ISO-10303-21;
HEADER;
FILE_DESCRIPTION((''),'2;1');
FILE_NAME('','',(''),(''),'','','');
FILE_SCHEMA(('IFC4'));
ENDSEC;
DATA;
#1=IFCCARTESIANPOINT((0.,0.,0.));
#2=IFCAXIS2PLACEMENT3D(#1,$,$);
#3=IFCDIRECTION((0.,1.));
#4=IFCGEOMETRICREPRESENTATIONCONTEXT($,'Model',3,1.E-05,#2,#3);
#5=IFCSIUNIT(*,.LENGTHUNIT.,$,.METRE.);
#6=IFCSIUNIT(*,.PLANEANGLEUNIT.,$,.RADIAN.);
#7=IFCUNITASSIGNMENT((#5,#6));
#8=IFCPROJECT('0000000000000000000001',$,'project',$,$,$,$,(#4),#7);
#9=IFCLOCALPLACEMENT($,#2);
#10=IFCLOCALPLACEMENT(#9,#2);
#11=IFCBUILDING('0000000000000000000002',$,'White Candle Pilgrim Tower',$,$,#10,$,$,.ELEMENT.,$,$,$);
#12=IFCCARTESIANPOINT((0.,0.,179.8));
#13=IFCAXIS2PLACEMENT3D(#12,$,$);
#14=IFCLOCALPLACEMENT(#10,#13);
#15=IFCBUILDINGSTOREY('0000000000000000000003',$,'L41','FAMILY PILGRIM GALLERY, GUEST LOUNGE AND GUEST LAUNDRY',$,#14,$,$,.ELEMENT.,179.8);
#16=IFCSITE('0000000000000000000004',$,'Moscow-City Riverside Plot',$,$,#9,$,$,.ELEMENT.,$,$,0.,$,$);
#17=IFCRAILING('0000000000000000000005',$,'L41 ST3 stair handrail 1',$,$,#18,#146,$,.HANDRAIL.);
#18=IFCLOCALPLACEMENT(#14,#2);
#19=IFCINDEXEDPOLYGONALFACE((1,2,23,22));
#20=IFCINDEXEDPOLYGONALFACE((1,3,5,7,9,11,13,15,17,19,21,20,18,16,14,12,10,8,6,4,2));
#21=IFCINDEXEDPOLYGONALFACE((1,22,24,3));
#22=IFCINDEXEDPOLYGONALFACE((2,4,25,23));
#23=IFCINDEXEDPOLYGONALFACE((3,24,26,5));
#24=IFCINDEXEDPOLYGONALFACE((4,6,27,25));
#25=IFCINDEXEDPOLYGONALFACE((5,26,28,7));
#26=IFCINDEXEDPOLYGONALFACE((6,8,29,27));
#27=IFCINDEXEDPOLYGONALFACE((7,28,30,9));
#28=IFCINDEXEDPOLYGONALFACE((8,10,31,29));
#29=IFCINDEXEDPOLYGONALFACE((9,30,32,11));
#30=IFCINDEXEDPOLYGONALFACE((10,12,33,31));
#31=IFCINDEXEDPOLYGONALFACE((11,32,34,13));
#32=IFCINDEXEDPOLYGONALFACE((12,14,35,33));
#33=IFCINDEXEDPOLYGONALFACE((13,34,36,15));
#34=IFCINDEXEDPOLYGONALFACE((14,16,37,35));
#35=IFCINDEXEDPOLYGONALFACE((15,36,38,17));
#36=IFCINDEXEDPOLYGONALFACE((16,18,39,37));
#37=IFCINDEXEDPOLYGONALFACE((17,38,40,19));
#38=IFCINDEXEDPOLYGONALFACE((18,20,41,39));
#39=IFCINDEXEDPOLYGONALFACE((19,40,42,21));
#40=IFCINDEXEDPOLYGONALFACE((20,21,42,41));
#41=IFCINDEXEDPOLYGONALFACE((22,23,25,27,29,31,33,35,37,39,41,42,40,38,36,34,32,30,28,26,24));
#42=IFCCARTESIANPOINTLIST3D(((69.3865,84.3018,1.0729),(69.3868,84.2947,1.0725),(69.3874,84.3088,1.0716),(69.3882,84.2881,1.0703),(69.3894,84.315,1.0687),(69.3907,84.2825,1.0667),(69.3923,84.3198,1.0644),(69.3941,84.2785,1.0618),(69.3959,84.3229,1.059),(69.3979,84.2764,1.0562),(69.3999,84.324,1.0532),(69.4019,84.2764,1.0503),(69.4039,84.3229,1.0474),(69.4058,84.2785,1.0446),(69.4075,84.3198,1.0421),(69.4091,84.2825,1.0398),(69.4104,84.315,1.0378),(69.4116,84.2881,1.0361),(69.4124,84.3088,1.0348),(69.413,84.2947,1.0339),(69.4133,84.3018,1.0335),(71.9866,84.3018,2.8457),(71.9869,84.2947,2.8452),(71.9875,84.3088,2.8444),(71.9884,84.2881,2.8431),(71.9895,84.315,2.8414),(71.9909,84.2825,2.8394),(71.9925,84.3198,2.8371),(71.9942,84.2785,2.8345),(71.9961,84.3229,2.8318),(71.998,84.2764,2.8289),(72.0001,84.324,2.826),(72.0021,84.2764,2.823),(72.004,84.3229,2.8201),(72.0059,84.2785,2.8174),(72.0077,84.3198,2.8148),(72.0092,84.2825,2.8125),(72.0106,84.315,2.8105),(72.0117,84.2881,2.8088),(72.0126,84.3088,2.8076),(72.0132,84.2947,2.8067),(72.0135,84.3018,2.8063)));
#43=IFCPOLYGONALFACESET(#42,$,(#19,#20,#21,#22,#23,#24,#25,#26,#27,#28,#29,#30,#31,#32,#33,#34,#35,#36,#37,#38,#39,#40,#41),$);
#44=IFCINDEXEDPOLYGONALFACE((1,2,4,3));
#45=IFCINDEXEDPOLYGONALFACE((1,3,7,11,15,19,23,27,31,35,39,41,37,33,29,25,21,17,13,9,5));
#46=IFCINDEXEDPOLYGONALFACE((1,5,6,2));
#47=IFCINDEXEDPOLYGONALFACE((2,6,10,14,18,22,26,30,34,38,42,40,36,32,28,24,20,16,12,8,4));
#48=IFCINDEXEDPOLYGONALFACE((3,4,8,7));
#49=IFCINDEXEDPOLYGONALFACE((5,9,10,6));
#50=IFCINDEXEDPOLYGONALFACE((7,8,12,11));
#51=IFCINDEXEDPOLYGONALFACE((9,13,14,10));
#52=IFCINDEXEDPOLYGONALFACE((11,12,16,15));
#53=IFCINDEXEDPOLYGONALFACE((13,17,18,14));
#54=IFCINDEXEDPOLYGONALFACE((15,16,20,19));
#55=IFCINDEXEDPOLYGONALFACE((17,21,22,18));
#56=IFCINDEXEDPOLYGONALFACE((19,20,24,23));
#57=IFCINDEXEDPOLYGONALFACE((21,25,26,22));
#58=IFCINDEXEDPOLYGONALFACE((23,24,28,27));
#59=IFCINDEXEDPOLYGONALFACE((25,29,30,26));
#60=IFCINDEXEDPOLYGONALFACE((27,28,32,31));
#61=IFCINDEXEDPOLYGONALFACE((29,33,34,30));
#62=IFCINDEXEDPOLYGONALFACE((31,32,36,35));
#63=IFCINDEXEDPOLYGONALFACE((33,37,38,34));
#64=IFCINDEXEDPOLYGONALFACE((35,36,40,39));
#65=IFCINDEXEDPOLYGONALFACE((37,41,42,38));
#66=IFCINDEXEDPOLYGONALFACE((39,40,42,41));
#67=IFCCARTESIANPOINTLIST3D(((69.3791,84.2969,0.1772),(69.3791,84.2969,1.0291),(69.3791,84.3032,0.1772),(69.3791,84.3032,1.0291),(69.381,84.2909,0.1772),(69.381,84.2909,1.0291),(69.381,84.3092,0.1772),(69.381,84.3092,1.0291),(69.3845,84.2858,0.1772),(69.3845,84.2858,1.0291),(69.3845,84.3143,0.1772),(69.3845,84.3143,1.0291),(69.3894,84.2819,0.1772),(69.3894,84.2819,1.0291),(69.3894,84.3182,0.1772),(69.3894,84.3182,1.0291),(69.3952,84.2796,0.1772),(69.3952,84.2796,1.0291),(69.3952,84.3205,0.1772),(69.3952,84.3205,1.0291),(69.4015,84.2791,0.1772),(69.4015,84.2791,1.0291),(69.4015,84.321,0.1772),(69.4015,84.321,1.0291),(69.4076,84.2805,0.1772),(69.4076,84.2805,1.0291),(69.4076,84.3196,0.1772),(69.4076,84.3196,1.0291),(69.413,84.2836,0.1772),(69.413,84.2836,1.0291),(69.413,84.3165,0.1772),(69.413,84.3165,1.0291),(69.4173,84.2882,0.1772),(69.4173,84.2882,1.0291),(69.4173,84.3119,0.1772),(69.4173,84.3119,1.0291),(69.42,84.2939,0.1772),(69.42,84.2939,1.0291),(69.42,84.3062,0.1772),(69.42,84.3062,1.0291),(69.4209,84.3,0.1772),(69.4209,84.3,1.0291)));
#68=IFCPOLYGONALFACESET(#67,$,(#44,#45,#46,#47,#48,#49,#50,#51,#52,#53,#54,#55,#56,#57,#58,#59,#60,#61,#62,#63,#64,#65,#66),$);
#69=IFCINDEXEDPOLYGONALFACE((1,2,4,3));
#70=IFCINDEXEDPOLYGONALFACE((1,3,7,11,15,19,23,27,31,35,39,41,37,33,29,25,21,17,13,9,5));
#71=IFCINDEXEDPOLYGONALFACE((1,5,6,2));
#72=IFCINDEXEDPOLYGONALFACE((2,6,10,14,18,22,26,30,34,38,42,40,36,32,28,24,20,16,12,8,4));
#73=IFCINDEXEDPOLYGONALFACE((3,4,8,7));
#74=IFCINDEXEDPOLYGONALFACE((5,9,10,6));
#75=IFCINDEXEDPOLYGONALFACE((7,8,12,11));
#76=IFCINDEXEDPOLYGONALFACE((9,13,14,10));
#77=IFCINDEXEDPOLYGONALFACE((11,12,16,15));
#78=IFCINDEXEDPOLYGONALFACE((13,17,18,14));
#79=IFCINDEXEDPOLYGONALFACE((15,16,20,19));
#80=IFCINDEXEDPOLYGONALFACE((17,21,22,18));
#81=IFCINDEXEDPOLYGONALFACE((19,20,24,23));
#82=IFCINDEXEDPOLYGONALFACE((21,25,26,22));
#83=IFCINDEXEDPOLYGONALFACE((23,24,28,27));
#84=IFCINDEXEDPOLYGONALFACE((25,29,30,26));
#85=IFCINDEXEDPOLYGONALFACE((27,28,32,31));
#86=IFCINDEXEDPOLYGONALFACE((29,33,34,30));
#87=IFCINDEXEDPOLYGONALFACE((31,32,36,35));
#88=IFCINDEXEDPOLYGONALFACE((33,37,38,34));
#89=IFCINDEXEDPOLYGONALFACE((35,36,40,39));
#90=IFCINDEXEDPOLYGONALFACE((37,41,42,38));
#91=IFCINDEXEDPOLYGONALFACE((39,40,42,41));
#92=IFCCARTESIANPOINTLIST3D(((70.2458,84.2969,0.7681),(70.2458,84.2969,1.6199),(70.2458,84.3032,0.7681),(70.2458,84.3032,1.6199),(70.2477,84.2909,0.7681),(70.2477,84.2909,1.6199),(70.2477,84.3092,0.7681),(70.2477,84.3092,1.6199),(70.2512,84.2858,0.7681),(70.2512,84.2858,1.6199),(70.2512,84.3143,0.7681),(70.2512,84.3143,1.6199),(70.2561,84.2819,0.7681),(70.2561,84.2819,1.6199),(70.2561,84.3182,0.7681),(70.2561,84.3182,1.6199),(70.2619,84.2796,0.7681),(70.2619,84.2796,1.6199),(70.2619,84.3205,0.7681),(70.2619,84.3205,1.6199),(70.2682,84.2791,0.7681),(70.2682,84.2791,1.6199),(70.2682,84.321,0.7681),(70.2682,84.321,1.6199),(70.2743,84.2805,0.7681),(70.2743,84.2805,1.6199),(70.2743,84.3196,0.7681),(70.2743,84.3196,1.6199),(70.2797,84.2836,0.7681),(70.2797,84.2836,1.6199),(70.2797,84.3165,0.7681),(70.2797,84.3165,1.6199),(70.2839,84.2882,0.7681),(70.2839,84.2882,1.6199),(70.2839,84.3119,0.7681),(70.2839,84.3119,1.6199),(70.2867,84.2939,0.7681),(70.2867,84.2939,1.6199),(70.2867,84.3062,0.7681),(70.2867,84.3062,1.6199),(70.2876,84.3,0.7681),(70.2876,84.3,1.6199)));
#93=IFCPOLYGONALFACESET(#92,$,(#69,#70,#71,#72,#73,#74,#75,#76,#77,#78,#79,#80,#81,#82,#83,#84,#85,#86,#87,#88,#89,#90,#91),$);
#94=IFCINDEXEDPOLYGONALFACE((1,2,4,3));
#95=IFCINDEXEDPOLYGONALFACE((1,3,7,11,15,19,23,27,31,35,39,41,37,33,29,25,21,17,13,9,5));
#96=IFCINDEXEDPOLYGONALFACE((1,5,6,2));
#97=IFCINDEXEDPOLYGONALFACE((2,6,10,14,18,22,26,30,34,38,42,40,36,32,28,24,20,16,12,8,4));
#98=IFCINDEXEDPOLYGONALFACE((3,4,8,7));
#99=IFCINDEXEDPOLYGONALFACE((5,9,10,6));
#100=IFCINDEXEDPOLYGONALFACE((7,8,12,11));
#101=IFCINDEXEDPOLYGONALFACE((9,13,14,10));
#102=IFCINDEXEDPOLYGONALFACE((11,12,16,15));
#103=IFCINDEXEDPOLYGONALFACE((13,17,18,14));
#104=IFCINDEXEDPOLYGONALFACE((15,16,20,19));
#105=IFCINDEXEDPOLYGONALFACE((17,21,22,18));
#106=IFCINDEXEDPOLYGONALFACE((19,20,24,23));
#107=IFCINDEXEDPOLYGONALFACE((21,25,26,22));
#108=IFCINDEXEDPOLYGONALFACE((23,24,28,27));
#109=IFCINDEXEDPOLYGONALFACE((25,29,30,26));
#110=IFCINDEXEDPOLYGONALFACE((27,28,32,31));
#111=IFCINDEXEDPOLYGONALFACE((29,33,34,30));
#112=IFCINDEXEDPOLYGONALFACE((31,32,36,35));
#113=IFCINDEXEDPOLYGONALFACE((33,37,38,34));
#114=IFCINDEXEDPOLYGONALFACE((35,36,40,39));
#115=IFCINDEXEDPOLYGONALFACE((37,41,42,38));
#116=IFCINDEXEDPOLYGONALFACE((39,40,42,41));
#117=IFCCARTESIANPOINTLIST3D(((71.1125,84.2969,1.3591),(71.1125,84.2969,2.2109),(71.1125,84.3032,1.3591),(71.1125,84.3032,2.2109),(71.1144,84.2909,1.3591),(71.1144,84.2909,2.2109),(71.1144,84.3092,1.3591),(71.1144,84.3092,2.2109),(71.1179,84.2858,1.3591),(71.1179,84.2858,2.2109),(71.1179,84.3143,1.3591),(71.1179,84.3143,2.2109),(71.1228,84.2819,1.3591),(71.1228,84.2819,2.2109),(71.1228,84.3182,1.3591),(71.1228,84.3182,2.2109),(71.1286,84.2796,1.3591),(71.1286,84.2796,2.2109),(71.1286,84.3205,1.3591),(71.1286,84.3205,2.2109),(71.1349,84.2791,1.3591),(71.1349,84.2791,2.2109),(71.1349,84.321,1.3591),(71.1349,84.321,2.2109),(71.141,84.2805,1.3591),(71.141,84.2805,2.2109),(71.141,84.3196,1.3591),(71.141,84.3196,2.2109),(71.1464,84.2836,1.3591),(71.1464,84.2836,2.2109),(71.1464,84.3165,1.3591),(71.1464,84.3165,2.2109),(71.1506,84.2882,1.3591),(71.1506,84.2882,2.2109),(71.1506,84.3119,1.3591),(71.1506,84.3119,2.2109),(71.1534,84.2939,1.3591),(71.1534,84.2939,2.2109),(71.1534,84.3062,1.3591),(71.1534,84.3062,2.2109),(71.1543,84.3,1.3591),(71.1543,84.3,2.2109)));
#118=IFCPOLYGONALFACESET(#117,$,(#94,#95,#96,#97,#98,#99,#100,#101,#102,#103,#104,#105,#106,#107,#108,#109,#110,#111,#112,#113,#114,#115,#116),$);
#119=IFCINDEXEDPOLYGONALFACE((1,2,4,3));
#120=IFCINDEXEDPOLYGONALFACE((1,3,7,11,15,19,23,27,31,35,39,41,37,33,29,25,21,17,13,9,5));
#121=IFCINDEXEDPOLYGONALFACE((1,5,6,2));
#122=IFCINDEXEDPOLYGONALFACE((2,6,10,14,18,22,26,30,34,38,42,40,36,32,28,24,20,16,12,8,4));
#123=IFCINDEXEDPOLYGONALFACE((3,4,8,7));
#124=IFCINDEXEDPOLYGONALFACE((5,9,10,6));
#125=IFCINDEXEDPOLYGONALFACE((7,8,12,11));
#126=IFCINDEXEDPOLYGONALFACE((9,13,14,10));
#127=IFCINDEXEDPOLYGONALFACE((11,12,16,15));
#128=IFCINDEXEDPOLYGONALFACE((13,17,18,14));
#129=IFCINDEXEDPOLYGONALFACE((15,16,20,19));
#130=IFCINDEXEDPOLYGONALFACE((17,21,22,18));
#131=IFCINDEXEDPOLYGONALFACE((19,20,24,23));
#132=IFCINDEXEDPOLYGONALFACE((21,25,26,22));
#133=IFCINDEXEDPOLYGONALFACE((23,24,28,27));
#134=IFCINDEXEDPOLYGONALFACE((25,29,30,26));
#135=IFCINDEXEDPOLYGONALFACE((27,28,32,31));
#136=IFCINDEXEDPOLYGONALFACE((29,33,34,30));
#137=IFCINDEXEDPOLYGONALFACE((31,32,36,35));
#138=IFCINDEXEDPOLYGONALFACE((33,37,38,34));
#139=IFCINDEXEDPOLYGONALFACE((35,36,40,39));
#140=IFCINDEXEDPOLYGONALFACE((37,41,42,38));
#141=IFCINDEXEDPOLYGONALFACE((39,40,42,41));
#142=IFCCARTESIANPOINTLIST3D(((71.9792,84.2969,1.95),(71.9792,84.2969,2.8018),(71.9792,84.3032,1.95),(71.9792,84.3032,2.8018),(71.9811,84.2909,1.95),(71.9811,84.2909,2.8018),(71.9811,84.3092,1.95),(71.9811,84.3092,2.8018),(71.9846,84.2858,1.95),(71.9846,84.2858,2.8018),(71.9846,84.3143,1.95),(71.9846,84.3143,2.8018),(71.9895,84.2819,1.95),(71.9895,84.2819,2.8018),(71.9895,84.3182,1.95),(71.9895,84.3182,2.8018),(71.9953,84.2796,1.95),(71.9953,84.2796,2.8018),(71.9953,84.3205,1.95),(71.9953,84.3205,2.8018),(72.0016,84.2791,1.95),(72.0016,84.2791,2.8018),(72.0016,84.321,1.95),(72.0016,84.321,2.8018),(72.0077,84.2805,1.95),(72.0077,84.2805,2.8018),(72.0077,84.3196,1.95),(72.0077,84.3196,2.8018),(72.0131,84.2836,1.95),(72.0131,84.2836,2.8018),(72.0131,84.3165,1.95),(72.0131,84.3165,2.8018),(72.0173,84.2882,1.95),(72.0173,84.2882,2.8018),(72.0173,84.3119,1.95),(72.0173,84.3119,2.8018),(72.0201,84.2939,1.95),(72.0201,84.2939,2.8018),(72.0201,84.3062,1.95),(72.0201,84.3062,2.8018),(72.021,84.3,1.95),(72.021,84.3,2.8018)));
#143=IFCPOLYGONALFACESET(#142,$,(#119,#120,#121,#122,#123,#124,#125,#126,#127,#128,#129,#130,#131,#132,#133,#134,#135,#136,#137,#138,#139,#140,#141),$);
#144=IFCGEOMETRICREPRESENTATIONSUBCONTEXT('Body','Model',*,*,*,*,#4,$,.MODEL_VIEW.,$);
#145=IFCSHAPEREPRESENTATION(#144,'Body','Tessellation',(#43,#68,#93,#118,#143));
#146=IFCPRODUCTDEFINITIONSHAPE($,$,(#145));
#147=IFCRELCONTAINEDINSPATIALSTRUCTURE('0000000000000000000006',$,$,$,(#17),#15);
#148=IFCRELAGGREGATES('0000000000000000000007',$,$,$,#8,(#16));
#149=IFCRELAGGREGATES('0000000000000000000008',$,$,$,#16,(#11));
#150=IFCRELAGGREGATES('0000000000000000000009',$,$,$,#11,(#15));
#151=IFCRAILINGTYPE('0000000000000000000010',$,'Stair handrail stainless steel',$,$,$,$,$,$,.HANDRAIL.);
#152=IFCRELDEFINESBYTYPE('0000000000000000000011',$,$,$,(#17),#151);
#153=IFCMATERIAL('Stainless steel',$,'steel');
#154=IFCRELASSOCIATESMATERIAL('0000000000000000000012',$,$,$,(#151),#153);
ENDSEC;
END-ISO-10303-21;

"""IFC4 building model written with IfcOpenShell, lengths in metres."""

from ifc_helpers import new_model, si_unit, direction, frame, origin, origin_2d, place, context, subcontext, project, spatial, circle, extrude, material, type_object, element, save


model = new_model("IFC4")

# Units and contexts
model_context = context("Model", 3, precision=1e-05, world=origin(), true_north=direction((0.0, 1.0)))
body_context = subcontext(model_context, "Body", "Model", "MODEL_VIEW")
ifc_project = project(units=[si_unit("LENGTHUNIT", "METRE"), si_unit("PLANEANGLEUNIT", "RADIAN")], contexts=[model_context])

# Site, building, storey
site_placement = place(None, origin())
site = spatial("IfcSite", under=ifc_project, at=site_placement, Name="Moscow-City Riverside Plot", CompositionType="ELEMENT", RefElevation=0.0)
building_placement = place(site_placement, origin())
building = spatial("IfcBuilding", under=site, at=building_placement, Name="White Candle Pilgrim Tower", CompositionType="ELEMENT")
storey_placement = place(building_placement, frame((0.0, 0.0, 179.8)))
storey = spatial("IfcBuildingStorey", under=building, at=storey_placement, Name="L41", Description="FAMILY PILGRIM GALLERY, GUEST LOUNGE AND GUEST LAUNDRY", CompositionType="ELEMENT", Elevation=179.8)

# Railing
ifc_material_1 = material(Name="Stainless steel", Category="steel")
railing_type_1 = type_object("IfcRailingType", Name="Stair handrail stainless steel", PredefinedType="HANDRAIL", material=ifc_material_1)
railing_1_placement = place(storey_placement, frame((69.3999, 84.3, 0.1772)))
element("IfcRailing", 1, at=railing_1_placement, inside=storey, type_object=railing_type_1, Name="L41 ST3 stair handrail 1", PredefinedType="HANDRAIL", context=body_context, shape_type="SweptSolid", body=[
    extrude(circle(Radius=0.0239, at=origin_2d()), frame((0.0, 0.0, 0.876), z_axis=(0.82624, 0.0, 0.563318), x_axis=(0.0, 1.0, 0.0)), (0.0, 0.0, 1.0), 3.147),
    extrude(circle(Radius=0.021, at=origin_2d()), origin(), (0.0, 0.0, 1.0), 0.8518),
    extrude(circle(Radius=0.021, at=origin_2d()), frame((0.8667, 0.0, 0.5908)), (0.0, 0.0, 1.0), 0.8518),
    extrude(circle(Radius=0.021, at=origin_2d()), frame((1.7334, 0.0, 1.1819)), (0.0, 0.0, 1.0), 0.8518),
    extrude(circle(Radius=0.021, at=origin_2d()), frame((2.6001, 0.0, 1.7727)), (0.0, 0.0, 1.0), 0.8518),
])

save(model, "model.ifc")
